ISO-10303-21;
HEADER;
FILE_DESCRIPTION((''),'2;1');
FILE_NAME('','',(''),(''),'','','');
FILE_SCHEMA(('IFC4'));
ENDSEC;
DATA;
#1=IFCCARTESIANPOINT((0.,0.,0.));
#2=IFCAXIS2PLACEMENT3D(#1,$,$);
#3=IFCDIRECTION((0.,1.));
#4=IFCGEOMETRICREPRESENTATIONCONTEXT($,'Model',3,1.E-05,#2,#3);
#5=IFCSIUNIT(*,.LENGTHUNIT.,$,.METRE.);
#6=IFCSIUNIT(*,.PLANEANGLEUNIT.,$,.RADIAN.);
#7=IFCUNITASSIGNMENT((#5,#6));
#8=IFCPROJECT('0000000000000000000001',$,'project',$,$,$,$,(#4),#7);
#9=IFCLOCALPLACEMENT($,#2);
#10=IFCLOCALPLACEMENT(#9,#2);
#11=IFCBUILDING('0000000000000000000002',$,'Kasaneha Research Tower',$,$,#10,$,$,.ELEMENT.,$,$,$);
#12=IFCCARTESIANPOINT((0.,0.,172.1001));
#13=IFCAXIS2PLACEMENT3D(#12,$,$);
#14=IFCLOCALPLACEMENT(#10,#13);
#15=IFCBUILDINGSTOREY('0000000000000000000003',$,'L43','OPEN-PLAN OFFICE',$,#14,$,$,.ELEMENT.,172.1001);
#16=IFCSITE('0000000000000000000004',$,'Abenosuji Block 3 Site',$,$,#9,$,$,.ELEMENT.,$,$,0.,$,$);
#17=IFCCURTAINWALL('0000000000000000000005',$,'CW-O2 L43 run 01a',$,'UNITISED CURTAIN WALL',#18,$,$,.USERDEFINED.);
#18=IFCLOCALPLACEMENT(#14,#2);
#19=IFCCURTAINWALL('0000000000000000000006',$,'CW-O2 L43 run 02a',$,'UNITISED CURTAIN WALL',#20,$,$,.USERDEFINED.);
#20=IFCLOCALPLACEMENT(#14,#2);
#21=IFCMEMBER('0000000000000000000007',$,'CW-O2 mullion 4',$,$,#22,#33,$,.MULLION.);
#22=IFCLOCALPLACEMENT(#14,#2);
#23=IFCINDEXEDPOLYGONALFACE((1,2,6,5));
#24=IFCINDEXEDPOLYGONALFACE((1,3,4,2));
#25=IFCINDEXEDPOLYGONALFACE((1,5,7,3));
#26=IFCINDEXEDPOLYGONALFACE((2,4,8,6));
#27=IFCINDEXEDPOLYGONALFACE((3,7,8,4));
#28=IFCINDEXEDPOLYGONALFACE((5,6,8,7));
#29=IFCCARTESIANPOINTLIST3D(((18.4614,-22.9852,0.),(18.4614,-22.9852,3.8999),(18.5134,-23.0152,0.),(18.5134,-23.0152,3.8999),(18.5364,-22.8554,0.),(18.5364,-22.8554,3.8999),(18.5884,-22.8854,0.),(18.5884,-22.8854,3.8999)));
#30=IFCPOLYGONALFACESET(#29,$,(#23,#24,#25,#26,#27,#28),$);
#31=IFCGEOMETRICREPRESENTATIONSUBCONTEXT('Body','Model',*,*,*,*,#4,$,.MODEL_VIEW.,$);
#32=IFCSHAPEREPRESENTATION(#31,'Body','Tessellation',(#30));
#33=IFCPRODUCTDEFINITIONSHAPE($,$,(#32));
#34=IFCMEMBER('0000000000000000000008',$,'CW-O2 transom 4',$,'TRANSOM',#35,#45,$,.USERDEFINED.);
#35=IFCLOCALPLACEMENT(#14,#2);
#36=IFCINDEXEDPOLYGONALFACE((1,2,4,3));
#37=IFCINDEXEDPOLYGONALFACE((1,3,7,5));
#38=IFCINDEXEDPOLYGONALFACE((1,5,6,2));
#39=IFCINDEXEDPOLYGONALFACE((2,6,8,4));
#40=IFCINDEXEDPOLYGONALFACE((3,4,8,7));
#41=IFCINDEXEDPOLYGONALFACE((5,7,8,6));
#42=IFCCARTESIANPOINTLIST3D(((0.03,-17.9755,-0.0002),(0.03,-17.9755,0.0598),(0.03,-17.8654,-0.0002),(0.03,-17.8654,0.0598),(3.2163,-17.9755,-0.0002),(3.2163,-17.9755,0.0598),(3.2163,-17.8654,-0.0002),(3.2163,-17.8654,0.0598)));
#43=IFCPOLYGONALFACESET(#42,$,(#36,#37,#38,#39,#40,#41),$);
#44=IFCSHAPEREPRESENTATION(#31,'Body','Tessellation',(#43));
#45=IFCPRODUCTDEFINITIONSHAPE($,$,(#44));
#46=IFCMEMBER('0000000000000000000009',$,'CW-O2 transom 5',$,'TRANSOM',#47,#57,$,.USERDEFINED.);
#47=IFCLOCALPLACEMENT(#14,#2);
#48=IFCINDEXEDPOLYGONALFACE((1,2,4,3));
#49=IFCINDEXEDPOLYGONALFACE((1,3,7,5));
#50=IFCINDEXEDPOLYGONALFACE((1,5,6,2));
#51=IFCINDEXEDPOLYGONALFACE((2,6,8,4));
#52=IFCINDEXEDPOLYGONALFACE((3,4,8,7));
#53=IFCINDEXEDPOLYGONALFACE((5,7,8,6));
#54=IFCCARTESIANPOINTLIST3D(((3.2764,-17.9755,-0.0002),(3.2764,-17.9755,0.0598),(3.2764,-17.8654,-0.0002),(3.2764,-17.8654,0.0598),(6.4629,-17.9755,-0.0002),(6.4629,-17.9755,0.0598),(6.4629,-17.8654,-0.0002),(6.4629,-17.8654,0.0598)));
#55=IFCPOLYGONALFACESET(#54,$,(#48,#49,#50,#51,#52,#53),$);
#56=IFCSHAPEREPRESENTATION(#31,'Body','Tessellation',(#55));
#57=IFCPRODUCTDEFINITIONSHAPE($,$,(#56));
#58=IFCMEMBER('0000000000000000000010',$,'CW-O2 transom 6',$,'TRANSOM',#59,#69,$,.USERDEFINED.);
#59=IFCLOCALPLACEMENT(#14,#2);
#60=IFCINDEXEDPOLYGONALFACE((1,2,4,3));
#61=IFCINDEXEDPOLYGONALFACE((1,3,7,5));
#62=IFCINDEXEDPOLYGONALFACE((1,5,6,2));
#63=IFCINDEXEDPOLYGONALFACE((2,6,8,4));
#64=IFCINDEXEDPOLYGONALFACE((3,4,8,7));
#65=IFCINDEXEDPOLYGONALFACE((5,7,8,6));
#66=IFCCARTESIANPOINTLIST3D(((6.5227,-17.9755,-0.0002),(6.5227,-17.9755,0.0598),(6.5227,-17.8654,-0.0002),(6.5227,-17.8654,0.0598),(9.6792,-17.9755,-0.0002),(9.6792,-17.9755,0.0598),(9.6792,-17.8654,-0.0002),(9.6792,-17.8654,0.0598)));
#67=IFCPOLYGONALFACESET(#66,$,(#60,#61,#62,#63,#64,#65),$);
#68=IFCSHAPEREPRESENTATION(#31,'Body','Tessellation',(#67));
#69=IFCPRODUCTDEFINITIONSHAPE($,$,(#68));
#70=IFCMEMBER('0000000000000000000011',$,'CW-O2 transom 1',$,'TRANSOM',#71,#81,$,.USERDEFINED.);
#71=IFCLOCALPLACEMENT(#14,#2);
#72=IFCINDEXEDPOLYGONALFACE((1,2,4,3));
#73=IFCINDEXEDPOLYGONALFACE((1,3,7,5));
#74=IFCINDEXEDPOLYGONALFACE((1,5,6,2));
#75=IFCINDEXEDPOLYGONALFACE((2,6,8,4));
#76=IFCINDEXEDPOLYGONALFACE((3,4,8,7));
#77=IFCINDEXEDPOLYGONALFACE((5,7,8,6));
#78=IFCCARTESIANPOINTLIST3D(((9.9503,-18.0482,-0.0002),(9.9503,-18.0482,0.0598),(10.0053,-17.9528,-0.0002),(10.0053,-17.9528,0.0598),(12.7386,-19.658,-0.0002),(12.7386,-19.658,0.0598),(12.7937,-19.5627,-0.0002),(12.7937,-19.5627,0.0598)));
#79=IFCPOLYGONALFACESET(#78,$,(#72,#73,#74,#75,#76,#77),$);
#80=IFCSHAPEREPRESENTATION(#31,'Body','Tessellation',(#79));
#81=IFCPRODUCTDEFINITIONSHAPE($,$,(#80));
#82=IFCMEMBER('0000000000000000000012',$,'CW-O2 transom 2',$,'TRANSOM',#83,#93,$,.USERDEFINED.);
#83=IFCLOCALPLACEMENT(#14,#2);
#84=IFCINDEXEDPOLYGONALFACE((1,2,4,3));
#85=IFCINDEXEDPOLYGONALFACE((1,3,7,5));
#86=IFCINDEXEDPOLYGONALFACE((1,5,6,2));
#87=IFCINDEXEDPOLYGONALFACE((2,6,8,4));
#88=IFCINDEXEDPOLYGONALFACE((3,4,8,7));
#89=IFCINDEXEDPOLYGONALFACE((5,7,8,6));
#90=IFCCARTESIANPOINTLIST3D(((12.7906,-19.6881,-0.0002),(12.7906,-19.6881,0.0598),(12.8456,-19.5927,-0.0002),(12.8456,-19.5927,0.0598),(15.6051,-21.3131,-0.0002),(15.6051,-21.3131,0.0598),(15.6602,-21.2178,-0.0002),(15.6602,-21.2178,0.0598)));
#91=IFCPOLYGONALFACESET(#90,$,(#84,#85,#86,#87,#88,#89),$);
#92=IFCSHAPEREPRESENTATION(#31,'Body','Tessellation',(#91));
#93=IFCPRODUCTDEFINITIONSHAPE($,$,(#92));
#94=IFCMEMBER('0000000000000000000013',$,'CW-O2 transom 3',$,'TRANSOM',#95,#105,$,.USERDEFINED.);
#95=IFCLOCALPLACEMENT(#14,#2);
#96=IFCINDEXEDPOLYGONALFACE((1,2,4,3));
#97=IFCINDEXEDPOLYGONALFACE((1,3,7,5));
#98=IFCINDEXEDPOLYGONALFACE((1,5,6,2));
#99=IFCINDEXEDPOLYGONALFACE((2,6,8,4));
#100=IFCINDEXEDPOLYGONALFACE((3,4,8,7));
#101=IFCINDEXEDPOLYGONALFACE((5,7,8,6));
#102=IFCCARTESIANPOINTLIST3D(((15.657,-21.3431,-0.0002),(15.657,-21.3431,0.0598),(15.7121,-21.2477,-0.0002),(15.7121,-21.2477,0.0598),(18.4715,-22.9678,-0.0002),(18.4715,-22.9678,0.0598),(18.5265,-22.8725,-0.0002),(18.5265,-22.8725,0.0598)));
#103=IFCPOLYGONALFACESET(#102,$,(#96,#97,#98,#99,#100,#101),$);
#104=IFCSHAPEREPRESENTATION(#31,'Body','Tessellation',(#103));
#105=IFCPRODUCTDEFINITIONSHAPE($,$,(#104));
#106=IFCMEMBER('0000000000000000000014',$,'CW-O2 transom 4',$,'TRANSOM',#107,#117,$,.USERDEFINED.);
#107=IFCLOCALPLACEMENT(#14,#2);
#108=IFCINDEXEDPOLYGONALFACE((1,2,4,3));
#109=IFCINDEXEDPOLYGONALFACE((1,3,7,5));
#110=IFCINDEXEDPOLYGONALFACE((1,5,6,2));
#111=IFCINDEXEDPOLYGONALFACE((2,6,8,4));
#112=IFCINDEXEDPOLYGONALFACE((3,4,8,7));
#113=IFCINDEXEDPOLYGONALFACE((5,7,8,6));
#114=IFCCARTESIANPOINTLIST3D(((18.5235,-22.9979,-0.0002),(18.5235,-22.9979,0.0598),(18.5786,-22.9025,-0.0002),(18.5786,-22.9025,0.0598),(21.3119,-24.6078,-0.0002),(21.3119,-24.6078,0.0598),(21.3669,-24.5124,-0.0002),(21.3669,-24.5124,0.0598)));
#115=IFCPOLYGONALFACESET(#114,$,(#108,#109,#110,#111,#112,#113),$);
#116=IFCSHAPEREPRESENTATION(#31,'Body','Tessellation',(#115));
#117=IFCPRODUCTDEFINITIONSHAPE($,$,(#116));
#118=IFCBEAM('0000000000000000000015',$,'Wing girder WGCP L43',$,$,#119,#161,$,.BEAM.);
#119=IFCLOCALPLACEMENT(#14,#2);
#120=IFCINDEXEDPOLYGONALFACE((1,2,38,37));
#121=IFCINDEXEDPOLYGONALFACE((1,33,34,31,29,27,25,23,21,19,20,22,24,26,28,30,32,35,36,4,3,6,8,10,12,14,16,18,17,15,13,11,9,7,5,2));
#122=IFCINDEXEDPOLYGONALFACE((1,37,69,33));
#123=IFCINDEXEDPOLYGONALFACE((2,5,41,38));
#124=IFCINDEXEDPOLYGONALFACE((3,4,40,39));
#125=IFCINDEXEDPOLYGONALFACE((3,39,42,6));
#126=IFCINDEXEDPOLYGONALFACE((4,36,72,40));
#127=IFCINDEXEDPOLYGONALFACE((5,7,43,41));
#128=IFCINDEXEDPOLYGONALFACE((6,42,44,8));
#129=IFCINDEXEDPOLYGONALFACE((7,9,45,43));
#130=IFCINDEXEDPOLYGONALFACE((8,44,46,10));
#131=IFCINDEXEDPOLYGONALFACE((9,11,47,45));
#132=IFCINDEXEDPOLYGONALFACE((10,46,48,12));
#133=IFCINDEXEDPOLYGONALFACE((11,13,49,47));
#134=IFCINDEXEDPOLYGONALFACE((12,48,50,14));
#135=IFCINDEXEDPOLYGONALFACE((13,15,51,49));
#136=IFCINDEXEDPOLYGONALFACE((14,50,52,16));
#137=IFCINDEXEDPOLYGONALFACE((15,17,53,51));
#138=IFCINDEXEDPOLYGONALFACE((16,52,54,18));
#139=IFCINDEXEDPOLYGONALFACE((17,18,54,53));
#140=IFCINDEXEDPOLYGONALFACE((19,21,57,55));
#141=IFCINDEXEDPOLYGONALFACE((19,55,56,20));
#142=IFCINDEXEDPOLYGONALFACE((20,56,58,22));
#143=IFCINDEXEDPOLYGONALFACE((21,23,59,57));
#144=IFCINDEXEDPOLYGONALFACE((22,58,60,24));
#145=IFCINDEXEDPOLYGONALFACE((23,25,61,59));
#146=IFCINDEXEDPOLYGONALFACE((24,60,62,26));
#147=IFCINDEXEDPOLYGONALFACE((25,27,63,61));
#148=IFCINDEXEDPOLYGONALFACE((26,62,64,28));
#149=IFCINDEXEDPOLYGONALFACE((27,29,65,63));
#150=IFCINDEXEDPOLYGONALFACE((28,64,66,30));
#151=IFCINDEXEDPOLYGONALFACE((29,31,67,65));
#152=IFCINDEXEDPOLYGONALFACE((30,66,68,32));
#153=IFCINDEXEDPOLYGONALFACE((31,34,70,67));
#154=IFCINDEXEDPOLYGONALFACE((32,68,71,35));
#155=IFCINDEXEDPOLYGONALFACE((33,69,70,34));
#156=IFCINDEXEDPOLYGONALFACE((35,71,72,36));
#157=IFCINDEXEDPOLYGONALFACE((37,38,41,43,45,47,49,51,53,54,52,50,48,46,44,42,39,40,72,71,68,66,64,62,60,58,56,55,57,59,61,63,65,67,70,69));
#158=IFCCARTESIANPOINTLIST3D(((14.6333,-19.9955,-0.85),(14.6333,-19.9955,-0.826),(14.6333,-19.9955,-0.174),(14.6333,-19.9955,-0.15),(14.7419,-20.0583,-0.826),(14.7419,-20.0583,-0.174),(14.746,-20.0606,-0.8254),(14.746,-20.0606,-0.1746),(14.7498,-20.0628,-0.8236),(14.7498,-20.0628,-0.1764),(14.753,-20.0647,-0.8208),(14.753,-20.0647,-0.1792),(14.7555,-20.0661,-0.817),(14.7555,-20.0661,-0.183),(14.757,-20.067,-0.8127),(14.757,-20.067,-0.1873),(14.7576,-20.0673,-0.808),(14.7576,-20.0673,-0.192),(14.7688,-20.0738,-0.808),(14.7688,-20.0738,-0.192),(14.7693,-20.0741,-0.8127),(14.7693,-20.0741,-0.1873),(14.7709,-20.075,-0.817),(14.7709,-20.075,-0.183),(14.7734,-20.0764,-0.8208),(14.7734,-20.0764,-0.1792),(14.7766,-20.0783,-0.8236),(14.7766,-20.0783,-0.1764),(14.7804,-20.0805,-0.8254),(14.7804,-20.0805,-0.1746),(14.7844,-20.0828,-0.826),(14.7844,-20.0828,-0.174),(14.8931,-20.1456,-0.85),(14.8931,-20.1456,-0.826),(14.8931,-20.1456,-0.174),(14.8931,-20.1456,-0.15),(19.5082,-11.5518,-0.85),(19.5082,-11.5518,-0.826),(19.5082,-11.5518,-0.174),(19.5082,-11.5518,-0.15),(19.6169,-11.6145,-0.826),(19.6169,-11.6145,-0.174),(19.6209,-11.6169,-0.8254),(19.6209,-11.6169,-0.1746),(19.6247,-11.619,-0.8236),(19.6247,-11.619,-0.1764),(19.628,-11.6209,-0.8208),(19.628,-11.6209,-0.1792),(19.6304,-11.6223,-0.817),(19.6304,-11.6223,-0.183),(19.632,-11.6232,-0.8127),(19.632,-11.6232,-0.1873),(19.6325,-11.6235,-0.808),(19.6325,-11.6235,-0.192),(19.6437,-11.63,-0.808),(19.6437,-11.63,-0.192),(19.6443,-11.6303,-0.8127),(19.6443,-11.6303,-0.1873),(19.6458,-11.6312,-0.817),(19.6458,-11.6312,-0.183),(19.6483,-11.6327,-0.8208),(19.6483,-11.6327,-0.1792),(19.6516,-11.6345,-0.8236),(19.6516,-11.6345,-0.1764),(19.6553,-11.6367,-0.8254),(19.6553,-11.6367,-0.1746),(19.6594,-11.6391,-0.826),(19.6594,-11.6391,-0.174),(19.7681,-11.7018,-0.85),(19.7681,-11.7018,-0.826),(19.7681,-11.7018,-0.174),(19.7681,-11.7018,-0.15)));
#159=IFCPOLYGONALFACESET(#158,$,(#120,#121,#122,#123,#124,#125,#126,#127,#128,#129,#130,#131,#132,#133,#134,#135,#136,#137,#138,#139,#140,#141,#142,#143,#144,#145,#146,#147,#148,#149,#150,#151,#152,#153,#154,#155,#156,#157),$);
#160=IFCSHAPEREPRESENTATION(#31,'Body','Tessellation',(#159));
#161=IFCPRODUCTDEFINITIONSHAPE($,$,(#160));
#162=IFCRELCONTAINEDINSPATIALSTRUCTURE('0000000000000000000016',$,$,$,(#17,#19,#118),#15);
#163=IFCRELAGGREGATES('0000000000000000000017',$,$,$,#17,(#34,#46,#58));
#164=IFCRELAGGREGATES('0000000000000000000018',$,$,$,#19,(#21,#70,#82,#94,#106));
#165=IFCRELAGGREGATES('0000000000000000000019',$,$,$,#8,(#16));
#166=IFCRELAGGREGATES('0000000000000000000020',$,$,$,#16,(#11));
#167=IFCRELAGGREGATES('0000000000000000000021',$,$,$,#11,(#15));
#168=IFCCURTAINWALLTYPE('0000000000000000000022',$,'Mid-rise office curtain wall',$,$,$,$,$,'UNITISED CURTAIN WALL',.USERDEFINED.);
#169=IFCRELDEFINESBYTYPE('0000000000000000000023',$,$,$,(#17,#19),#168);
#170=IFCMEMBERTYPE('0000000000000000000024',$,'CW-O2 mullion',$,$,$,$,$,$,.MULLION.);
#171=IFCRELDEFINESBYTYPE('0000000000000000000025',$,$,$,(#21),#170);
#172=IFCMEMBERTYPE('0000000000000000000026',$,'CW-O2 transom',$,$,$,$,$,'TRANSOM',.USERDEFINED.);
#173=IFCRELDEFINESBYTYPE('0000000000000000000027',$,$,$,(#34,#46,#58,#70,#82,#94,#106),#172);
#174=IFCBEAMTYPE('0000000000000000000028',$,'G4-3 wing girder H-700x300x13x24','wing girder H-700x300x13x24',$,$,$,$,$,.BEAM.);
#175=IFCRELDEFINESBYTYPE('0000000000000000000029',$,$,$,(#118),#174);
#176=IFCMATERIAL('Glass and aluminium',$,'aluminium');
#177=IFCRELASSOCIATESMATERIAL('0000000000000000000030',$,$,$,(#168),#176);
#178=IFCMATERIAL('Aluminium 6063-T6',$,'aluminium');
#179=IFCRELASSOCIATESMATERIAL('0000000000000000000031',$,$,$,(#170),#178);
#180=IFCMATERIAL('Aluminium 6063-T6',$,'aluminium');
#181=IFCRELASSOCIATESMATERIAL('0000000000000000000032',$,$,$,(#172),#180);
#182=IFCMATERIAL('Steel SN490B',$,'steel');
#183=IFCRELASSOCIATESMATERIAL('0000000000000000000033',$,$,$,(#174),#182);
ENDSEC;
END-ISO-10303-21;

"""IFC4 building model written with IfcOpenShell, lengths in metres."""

from ifc_helpers import new_model, si_unit, direction, frame, origin, origin_2d, place, context, subcontext, project, spatial, rectangle, i_section, extrude, material, material_profile, profile_set, type_object, element, aggregate, save


model = new_model("IFC4")

# Units and contexts
model_context = context("Model", 3, precision=1e-05, world=origin(), true_north=direction((0.0, 1.0)))
body_context = subcontext(model_context, "Body", "Model", "MODEL_VIEW")
ifc_project = project(units=[si_unit("LENGTHUNIT", "METRE"), si_unit("PLANEANGLEUNIT", "RADIAN")], contexts=[model_context])

# Site, building, storey
site_placement = place(None, origin())
site = spatial("IfcSite", under=ifc_project, at=site_placement, Name="Abenosuji Block 3 Site", CompositionType="ELEMENT", RefElevation=0.0)
building_placement = place(site_placement, origin())
building = spatial("IfcBuilding", under=site, at=building_placement, Name="Kasaneha Research Tower", CompositionType="ELEMENT")
storey_placement = place(building_placement, frame((0.0, 0.0, 172.1001)))
storey = spatial("IfcBuildingStorey", under=building, at=storey_placement, Name="L43", Description="OPEN-PLAN OFFICE", CompositionType="ELEMENT", Elevation=172.1001)

# Curtain walls, member
ifc_material_1 = material(Name="Glass and aluminium", Category="aluminium")
curtain_wall_type = type_object("IfcCurtainWallType", Name="Mid-rise office curtain wall", ElementType="UNITISED CURTAIN WALL", PredefinedType="USERDEFINED", material=ifc_material_1)
curtain_wall_1_placement = place(storey_placement, origin())
curtain_wall_1 = element("IfcCurtainWall", 1, at=curtain_wall_1_placement, inside=storey, type_object=curtain_wall_type, Name="CW-O2 L43 run 01a", ObjectType="UNITISED CURTAIN WALL", PredefinedType="USERDEFINED")
ifc_material_2 = material(Name="Aluminium 6063-T6", Category="aluminium")
ifc_material_profile_1 = material_profile(ifc_material_2, rectangle(XDim=0.0601, YDim=0.1499, at=origin_2d()), Name="CW-O2 mullion 60x150")
ifc_profile_set_1 = profile_set([ifc_material_profile_1], Name="Aluminium 6063-T6")
member_type_1 = type_object("IfcMemberType", Name="CW-O2 mullion", PredefinedType="MULLION", material=ifc_profile_set_1)
curtain_wall_2_placement = place(storey_placement, origin())
curtain_wall_2 = element("IfcCurtainWall", 2, at=curtain_wall_2_placement, inside=storey, type_object=curtain_wall_type, Name="CW-O2 L43 run 02a", ObjectType="UNITISED CURTAIN WALL", PredefinedType="USERDEFINED")
member_1_placement = place(storey_placement, frame((18.5249, -22.9353, 0.0), z_axis=(0.0, 0.0, 1.0), x_axis=(0.866025, -0.5, 0.0)))
member_1 = element("IfcMember", 3, at=member_1_placement, type_object=member_type_1, Name="CW-O2 mullion 4", PredefinedType="MULLION", context=body_context, shape_type="SweptSolid", body=[
    extrude(rectangle(XDim=0.0601, YDim=0.1499, at=origin_2d()), origin(), (0.0, 0.0, 1.0), 3.8999),
])

# Members
ifc_material_3 = material(Name="Aluminium 6063-T6", Category="aluminium")
ifc_material_profile_2 = material_profile(ifc_material_3, rectangle(XDim=0.1101, YDim=0.0601, at=origin_2d()), Name="CW-O2 transom 110x60")
ifc_profile_set_2 = profile_set([ifc_material_profile_2], Name="Aluminium 6063-T6")
member_type_2 = type_object("IfcMemberType", Name="CW-O2 transom", ElementType="TRANSOM", PredefinedType="USERDEFINED", material=ifc_profile_set_2)
member_2_placement = place(storey_placement, frame((0.03, -17.9204, 0.0298), z_axis=(1.0, 0.0, 0.0), x_axis=(0.0, 1.0, 0.0)))
member_2 = element("IfcMember", 4, at=member_2_placement, type_object=member_type_2, Name="CW-O2 transom 4", ObjectType="TRANSOM", PredefinedType="USERDEFINED", context=body_context, shape_type="SweptSolid", body=[
    extrude(rectangle(XDim=0.1101, YDim=0.0601, at=origin_2d()), origin(), (0.0, 0.0, 1.0), 3.1863),
])
member_3_placement = place(storey_placement, frame((3.2764, -17.9204, 0.0298), z_axis=(1.0, 0.0, 0.0), x_axis=(0.0, 1.0, 0.0)))
member_3 = element("IfcMember", 5, at=member_3_placement, type_object=member_type_2, Name="CW-O2 transom 5", ObjectType="TRANSOM", PredefinedType="USERDEFINED", context=body_context, shape_type="SweptSolid", body=[
    extrude(rectangle(XDim=0.1101, YDim=0.0601, at=origin_2d()), origin(), (0.0, 0.0, 1.0), 3.1865),
])
member_4_placement = place(storey_placement, frame((6.5227, -17.9204, 0.0298), z_axis=(1.0, 0.0, 0.0), x_axis=(0.0, 1.0, 0.0)))
member_4 = element("IfcMember", 6, at=member_4_placement, type_object=member_type_2, Name="CW-O2 transom 6", ObjectType="TRANSOM", PredefinedType="USERDEFINED", context=body_context, shape_type="SweptSolid", body=[
    extrude(rectangle(XDim=0.1101, YDim=0.0601, at=origin_2d()), origin(), (0.0, 0.0, 1.0), 3.1565),
])
member_5_placement = place(storey_placement, frame((9.9778, -18.0005, 0.0298), z_axis=(0.866023, -0.500005, 0.0), x_axis=(0.500005, 0.866023, 0.0)))
member_5 = element("IfcMember", 7, at=member_5_placement, type_object=member_type_2, Name="CW-O2 transom 1", ObjectType="TRANSOM", PredefinedType="USERDEFINED", context=body_context, shape_type="SweptSolid", body=[
    extrude(rectangle(XDim=0.1101, YDim=0.0601, at=origin_2d()), origin(), (0.0, 0.0, 1.0), 3.2197),
])
member_6_placement = place(storey_placement, frame((12.8181, -19.6404, 0.0298), z_axis=(0.866015, -0.500017, 0.0), x_axis=(0.500017, 0.866015, 0.0)))
member_6 = element("IfcMember", 8, at=member_6_placement, type_object=member_type_2, Name="CW-O2 transom 2", ObjectType="TRANSOM", PredefinedType="USERDEFINED", context=body_context, shape_type="SweptSolid", body=[
    extrude(rectangle(XDim=0.1101, YDim=0.0601, at=origin_2d()), origin(), (0.0, 0.0, 1.0), 3.25),
])
member_7_placement = place(storey_placement, frame((15.6846, -21.2954, 0.0298), z_axis=(0.866048, -0.499961, 0.0), x_axis=(0.499961, 0.866048, 0.0)))
member_7 = element("IfcMember", 9, at=member_7_placement, type_object=member_type_2, Name="CW-O2 transom 3", ObjectType="TRANSOM", PredefinedType="USERDEFINED", context=body_context, shape_type="SweptSolid", body=[
    extrude(rectangle(XDim=0.1101, YDim=0.0601, at=origin_2d()), origin(), (0.0, 0.0, 1.0), 3.2498),
])
member_8_placement = place(storey_placement, frame((18.551, -22.9502, 0.0298), z_axis=(0.866023, -0.500005, 0.0), x_axis=(0.500005, 0.866023, 0.0)))
member_8 = element("IfcMember", 10, at=member_8_placement, type_object=member_type_2, Name="CW-O2 transom 4", ObjectType="TRANSOM", PredefinedType="USERDEFINED", context=body_context, shape_type="SweptSolid", body=[
    extrude(rectangle(XDim=0.1101, YDim=0.0601, at=origin_2d()), origin(), (0.0, 0.0, 1.0), 3.2197),
])

# Beam
ifc_material_4 = material(Name="Steel SN490B", Category="steel")
ifc_material_profile_3 = material_profile(ifc_material_4, i_section(OverallWidth=0.3, OverallDepth=0.7, WebThickness=0.0129, FlangeThickness=0.0239, FilletRadius=0.0181, at=origin_2d()), Name="H-700x300x13x24")
ifc_profile_set_3 = profile_set([ifc_material_profile_3], Name="Steel SN490B")
beam_type_1 = type_object("IfcBeamType", Name="G4-3 wing girder H-700x300x13x24", Description="wing girder H-700x300x13x24", PredefinedType="BEAM", material=ifc_profile_set_3)
beam_1_placement = place(storey_placement, frame((14.7632, -20.0706, -0.5), z_axis=(0.499996, 0.866028, 0.0), x_axis=(-0.866028, 0.499996, 0.0)))
element("IfcBeam", 11, at=beam_1_placement, inside=storey, type_object=beam_type_1, Name="Wing girder WGCP L43", PredefinedType="BEAM", context=body_context, shape_type="SweptSolid", body=[
    extrude(i_section(OverallWidth=0.3, OverallDepth=0.7, WebThickness=0.0129, FlangeThickness=0.0239, FilletRadius=0.0181, at=origin_2d()), origin(), (0.0, 0.0, 1.0), 9.75),
])

aggregate(curtain_wall_1, [member_2, member_3, member_4])
aggregate(curtain_wall_2, [member_1, member_5, member_6, member_7, member_8])

save(model, "model.ifc")
